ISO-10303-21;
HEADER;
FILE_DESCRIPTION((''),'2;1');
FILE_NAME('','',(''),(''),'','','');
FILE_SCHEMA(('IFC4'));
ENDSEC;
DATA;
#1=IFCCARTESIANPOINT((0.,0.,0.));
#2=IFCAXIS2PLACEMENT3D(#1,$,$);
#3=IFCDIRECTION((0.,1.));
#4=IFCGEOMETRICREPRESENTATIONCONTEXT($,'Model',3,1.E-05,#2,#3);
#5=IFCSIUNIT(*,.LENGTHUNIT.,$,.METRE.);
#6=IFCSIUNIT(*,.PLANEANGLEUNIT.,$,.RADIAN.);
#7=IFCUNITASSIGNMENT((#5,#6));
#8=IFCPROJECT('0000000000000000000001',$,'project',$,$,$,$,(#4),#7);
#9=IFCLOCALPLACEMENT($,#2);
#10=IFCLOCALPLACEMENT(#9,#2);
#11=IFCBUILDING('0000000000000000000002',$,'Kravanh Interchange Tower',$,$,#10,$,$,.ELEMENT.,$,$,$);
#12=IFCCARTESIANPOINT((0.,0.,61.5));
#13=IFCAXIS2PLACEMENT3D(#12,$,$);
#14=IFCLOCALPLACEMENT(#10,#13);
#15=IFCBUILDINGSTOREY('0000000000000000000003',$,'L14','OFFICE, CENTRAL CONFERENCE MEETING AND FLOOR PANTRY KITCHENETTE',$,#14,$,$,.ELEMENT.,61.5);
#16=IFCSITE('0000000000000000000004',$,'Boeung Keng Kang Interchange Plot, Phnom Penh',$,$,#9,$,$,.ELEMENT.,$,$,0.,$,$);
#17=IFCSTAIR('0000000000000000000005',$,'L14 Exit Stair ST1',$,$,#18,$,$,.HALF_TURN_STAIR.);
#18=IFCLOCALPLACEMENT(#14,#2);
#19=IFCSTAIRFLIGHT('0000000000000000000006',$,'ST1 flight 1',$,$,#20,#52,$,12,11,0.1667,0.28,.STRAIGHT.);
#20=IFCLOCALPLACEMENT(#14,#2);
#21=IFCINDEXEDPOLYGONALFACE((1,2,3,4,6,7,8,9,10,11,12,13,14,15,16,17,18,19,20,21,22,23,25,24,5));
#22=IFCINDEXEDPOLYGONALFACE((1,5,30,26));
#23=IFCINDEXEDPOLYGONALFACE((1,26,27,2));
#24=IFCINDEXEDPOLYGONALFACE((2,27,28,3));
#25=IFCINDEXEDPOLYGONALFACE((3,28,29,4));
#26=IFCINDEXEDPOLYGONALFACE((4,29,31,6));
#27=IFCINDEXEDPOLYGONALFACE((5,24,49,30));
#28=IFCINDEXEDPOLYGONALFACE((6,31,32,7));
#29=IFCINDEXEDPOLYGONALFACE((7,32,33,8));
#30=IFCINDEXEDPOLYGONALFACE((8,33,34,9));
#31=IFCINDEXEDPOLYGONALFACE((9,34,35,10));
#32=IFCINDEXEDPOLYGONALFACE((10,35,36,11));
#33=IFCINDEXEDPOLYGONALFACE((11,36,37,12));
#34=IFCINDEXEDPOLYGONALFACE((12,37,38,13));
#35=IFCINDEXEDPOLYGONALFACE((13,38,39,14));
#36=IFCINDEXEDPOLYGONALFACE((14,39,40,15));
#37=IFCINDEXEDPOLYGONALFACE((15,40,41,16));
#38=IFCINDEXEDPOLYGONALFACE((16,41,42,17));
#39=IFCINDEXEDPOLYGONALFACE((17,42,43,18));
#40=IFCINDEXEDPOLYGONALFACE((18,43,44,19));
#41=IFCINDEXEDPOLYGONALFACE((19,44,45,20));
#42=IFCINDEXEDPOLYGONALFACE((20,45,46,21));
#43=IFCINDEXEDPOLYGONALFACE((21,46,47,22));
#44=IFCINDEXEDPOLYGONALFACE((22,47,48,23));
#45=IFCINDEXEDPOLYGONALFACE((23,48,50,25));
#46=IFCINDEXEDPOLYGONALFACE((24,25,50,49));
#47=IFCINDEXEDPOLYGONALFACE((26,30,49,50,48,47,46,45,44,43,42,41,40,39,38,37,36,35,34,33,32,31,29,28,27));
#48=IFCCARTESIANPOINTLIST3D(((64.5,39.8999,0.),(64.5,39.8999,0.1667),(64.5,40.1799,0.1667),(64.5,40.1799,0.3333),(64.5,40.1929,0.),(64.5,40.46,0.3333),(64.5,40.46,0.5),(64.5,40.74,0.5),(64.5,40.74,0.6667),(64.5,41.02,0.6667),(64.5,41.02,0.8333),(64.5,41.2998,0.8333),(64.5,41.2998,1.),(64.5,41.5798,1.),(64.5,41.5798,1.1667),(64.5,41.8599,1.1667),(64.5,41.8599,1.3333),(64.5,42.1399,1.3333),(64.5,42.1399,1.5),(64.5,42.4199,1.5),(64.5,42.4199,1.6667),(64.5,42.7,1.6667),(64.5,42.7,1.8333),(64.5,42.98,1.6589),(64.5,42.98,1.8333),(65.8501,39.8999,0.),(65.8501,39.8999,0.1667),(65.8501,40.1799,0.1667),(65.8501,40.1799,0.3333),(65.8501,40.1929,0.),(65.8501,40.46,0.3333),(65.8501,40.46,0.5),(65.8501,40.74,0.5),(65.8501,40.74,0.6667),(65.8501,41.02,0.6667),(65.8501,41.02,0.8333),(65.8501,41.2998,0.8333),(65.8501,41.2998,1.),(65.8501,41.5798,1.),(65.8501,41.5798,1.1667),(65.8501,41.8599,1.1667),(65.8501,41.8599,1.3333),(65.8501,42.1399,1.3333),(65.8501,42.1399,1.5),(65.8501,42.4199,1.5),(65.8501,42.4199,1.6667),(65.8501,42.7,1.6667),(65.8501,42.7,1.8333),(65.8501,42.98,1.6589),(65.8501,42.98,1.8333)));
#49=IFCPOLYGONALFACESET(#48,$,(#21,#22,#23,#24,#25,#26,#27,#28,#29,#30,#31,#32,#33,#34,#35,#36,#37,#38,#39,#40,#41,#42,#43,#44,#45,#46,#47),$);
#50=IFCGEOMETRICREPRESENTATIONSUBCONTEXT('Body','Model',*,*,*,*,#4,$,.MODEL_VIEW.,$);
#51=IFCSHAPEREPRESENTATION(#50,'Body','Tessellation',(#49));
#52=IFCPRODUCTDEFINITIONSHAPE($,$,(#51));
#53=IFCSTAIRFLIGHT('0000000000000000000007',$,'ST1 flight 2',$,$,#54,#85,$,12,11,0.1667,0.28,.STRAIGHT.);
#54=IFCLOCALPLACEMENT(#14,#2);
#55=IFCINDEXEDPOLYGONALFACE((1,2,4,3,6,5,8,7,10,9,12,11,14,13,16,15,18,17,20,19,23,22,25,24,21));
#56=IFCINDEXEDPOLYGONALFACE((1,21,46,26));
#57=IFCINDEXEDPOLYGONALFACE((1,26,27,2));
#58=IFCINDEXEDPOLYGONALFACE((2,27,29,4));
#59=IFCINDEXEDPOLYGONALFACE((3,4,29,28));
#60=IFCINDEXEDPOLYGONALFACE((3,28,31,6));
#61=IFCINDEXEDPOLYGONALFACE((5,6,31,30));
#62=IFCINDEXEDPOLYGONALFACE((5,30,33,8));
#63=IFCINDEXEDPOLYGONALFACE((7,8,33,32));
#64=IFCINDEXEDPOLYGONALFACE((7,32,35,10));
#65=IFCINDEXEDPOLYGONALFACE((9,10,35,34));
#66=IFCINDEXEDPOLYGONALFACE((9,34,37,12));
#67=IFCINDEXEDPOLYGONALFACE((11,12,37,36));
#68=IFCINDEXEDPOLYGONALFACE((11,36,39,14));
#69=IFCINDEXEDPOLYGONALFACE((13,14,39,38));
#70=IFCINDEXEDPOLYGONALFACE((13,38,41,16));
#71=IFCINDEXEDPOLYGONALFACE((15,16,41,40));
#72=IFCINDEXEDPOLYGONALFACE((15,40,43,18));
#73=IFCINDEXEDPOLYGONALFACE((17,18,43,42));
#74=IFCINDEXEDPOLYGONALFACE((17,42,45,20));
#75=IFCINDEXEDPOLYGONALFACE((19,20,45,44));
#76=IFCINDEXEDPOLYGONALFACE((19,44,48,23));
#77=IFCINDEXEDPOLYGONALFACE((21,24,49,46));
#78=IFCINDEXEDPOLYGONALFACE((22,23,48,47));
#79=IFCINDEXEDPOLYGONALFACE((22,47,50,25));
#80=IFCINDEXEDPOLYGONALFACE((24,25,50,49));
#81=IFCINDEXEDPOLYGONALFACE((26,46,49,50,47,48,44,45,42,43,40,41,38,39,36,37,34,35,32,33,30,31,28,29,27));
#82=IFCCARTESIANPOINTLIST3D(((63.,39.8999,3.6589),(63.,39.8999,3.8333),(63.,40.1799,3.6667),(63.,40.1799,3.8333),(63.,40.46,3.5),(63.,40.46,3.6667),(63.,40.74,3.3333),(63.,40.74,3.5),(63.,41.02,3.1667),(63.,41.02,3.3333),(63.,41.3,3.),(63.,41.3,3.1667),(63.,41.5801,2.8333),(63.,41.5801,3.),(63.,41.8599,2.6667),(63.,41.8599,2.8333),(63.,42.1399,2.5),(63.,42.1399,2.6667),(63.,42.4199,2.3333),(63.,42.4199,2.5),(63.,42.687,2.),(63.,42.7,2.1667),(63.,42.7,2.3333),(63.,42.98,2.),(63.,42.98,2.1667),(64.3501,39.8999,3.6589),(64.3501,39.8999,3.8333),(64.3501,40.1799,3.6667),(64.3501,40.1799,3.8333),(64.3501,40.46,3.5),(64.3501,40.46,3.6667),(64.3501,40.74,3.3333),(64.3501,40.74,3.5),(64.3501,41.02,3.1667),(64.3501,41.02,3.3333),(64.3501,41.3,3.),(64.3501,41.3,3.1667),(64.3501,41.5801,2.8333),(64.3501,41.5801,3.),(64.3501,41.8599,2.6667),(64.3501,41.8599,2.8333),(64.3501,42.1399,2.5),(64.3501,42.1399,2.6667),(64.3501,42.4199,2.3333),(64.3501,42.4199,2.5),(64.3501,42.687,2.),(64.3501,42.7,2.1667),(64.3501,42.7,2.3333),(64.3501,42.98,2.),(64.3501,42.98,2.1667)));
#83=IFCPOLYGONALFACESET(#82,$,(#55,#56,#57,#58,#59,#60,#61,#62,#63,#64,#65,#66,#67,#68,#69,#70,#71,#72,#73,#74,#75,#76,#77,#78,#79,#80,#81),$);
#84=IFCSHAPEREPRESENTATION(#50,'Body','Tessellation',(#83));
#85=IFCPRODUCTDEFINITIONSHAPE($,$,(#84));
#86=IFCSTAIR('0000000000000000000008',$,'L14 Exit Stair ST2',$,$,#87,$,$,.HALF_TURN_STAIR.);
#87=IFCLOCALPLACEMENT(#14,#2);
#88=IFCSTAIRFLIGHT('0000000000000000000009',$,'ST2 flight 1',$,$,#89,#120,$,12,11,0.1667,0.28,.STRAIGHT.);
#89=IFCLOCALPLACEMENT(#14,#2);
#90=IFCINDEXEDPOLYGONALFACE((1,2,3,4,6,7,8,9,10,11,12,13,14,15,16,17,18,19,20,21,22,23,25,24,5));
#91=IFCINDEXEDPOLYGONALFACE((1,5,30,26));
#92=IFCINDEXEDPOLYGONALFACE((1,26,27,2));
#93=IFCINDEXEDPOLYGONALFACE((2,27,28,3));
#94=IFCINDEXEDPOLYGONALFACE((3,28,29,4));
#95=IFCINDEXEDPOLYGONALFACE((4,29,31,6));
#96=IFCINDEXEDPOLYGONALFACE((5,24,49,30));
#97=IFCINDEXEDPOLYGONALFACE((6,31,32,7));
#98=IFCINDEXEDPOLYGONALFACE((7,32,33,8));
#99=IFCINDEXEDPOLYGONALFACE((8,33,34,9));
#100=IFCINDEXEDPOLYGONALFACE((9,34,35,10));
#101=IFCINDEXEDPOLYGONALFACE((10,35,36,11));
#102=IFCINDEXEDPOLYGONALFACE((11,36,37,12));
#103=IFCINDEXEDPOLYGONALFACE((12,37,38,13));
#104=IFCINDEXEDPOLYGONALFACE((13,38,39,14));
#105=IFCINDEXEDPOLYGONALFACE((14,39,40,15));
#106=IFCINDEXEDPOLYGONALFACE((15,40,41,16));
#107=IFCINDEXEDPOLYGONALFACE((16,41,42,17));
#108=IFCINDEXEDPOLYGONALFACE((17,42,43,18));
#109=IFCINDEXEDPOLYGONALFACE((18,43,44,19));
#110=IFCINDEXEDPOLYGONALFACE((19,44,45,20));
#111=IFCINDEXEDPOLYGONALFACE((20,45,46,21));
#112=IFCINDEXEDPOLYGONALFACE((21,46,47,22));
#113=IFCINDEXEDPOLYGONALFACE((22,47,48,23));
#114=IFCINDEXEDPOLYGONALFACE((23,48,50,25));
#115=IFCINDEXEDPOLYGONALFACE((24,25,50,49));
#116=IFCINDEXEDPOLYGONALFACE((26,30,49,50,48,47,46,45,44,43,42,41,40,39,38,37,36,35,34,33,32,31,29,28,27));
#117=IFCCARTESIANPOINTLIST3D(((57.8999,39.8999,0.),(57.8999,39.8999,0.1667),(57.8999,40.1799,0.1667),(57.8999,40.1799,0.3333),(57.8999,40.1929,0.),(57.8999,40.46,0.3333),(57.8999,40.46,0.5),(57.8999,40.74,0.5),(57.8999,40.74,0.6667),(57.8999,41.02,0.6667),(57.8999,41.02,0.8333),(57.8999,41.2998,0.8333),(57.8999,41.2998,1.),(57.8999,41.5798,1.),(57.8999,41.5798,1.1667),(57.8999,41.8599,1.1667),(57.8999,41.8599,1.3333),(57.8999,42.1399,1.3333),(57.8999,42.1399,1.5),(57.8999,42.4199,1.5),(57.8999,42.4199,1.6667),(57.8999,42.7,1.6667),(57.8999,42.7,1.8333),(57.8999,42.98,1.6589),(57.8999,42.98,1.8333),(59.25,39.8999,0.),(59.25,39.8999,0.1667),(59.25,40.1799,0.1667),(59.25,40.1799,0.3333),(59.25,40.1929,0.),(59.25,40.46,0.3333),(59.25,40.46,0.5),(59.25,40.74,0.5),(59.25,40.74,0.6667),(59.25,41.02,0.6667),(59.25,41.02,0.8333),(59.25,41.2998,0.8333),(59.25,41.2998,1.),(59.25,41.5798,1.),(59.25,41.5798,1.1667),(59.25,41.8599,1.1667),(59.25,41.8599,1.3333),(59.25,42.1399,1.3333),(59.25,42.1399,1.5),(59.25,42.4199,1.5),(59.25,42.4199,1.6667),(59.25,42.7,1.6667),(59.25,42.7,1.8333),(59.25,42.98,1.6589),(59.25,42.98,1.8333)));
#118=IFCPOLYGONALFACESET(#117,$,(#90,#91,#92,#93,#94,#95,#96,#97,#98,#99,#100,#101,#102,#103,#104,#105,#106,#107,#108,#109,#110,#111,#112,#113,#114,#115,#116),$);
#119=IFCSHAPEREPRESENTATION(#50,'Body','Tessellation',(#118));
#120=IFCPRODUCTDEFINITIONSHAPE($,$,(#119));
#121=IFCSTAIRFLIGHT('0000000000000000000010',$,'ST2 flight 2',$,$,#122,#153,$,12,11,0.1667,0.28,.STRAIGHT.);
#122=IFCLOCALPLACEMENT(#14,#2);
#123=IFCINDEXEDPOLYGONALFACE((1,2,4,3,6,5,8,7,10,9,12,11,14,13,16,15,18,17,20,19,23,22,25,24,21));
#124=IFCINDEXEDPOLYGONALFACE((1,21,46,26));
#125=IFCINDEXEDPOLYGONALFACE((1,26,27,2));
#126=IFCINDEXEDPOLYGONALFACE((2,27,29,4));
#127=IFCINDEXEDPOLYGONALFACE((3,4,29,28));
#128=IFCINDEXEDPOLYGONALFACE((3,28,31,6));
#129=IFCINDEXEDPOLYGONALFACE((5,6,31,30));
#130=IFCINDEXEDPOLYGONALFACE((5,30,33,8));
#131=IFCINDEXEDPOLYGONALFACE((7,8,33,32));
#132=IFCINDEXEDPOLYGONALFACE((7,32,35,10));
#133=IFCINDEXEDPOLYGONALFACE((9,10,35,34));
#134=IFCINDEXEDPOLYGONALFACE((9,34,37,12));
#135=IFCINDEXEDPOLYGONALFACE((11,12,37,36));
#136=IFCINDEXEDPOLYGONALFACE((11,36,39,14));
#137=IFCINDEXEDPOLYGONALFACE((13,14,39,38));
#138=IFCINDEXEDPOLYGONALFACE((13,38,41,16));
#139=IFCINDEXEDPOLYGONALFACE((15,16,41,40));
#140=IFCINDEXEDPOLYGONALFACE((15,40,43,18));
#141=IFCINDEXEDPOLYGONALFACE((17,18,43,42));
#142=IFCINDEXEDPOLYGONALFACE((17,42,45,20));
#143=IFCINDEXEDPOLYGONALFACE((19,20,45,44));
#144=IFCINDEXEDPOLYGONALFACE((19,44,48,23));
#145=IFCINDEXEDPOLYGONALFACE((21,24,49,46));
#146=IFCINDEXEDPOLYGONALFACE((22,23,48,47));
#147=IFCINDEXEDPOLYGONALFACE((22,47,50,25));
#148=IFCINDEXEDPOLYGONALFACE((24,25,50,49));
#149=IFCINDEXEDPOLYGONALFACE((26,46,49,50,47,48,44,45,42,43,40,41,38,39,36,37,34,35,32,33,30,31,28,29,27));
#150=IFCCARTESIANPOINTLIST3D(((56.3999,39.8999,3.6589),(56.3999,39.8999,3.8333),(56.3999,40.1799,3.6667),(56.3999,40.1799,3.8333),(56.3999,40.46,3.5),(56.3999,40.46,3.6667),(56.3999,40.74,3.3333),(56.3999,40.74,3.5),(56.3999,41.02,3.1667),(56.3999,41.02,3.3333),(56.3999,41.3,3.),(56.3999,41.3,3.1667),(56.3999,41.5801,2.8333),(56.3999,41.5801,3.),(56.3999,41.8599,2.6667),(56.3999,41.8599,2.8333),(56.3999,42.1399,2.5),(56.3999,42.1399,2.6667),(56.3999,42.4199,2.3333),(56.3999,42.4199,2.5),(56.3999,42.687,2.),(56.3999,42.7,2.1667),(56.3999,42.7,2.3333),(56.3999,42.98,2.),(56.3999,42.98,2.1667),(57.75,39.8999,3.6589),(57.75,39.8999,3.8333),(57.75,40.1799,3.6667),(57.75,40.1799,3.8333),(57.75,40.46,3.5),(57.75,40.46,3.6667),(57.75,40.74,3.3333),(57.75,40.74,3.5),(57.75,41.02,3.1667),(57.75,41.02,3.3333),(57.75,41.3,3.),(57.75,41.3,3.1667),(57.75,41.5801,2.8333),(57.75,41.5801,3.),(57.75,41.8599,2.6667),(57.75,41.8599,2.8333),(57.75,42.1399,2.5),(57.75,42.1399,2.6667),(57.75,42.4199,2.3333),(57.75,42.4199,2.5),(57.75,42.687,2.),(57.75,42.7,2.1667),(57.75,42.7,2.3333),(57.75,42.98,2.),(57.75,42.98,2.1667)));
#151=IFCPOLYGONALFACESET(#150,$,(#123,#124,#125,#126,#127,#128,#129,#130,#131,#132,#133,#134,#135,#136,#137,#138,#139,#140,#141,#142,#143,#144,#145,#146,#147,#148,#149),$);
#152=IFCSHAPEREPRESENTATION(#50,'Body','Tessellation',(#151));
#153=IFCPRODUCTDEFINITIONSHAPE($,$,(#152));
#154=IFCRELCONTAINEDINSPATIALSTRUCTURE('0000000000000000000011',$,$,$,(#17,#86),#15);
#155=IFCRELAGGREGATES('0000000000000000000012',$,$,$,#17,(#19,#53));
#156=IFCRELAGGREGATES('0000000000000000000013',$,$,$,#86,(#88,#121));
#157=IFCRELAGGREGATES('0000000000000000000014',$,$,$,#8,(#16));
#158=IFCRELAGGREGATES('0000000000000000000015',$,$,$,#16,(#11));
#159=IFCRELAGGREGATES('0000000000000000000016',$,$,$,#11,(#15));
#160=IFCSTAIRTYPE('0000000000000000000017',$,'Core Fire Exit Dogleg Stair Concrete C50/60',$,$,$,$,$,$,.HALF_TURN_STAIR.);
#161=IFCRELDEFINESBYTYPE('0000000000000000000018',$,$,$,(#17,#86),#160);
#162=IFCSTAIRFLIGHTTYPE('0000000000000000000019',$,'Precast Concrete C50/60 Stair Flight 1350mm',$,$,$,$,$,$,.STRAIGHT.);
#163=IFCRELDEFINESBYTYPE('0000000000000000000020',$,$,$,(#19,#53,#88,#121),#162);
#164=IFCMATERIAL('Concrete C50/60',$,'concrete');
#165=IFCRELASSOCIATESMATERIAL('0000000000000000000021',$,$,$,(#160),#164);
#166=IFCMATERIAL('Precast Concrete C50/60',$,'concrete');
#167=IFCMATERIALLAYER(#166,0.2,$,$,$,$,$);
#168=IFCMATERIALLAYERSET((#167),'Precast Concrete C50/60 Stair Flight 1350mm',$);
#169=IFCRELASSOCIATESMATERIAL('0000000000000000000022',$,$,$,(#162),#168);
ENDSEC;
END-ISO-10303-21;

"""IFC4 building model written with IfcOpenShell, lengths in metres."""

from ifc_helpers import new_model, si_unit, direction, frame, origin, place, context, subcontext, project, spatial, polyline, outline, extrude, material, layer, layer_set, type_object, element, aggregate, save


model = new_model("IFC4")

# Units and contexts
model_context = context("Model", 3, precision=1e-05, world=origin(), true_north=direction((0.0, 1.0)))
body_context = subcontext(model_context, "Body", "Model", "MODEL_VIEW")
ifc_project = project(units=[si_unit("LENGTHUNIT", "METRE"), si_unit("PLANEANGLEUNIT", "RADIAN")], contexts=[model_context])

# Site, building, storey
site_placement = place(None, origin())
site = spatial("IfcSite", under=ifc_project, at=site_placement, Name="Boeung Keng Kang Interchange Plot, Phnom Penh", CompositionType="ELEMENT", RefElevation=0.0)
building_placement = place(site_placement, origin())
building = spatial("IfcBuilding", under=site, at=building_placement, Name="Kravanh Interchange Tower", CompositionType="ELEMENT")
storey_placement = place(building_placement, frame((0.0, 0.0, 61.5)))
storey = spatial("IfcBuildingStorey", under=building, at=storey_placement, Name="L14", Description="OFFICE, CENTRAL CONFERENCE MEETING AND FLOOR PANTRY KITCHENETTE", CompositionType="ELEMENT", Elevation=61.5)

# Stairs, stair flights
ifc_material_1 = material(Name="Concrete C50/60", Category="concrete")
stair_type = type_object("IfcStairType", Name="Core Fire Exit Dogleg Stair Concrete C50/60", PredefinedType="HALF_TURN_STAIR", material=ifc_material_1)
stair_1_placement = place(storey_placement, origin())
stair_1 = element("IfcStair", 1, at=stair_1_placement, inside=storey, type_object=stair_type, Name="L14 Exit Stair ST1", PredefinedType="HALF_TURN_STAIR")
ifc_material_2 = material(Name="Precast Concrete C50/60", Category="concrete")
ifc_layer_1 = layer(ifc_material_2, 0.2)
ifc_layer_set_1 = layer_set([ifc_layer_1], Name="Precast Concrete C50/60 Stair Flight 1350mm")
stair_flight_type = type_object("IfcStairFlightType", Name="Precast Concrete C50/60 Stair Flight 1350mm", PredefinedType="STRAIGHT", material=ifc_layer_set_1)
stair_flight_1_placement = place(storey_placement, frame((65.175, 39.8999, 0.0), z_axis=(0.0, 0.0, 1.0), x_axis=(0.0, 1.0, 0.0)))
stair_flight_1 = element("IfcStairFlight", 2, at=stair_flight_1_placement, type_object=stair_flight_type, Name="ST1 flight 1", NumberOfRisers=12, NumberOfTreads=11, PredefinedType="STRAIGHT", RiserHeight=0.1667, TreadLength=0.28, context=body_context, shape_type="SweptSolid", body=[
    extrude(outline(polyline([(0.0, 0.0), (0.0, 0.1667), (0.28, 0.1667), (0.28, 0.3333), (0.5601, 0.3333), (0.5601, 0.5), (0.8401, 0.5), (0.8401, 0.6667), (1.1201, 0.6667), (1.1201, 0.8333), (1.3999, 0.8333), (1.3999, 1.0), (1.6799, 1.0), (1.6799, 1.1667), (1.96, 1.1667), (1.96, 1.3333), (2.24, 1.3333), (2.24, 1.5), (2.52, 1.5), (2.52, 1.6667), (2.8, 1.6667), (2.8, 1.8333), (3.0801, 1.8333), (3.0801, 2.0), (3.0801, 1.6589), (0.293, 0.0), (0.0, 0.0)])), frame((0.0, 0.675, 0.0), z_axis=(0.0, -1.0, 0.0), x_axis=(1.0, 0.0, 0.0)), (0.0, 0.0, 1.0), 1.3501),
])
stair_flight_2_placement = place(storey_placement, frame((63.675, 42.98, 2.0), z_axis=(0.0, 0.0, 1.0), x_axis=(0.0, -1.0, 0.0)))
stair_flight_2 = element("IfcStairFlight", 3, at=stair_flight_2_placement, type_object=stair_flight_type, Name="ST1 flight 2", NumberOfRisers=12, NumberOfTreads=11, PredefinedType="STRAIGHT", RiserHeight=0.1667, TreadLength=0.28, context=body_context, shape_type="SweptSolid", body=[
    extrude(outline(polyline([(0.0, 0.0), (0.0, 0.1667), (0.28, 0.1667), (0.28, 0.3333), (0.5601, 0.3333), (0.5601, 0.5), (0.8401, 0.5), (0.8401, 0.6667), (1.1201, 0.6667), (1.1201, 0.8333), (1.3999, 0.8333), (1.3999, 1.0), (1.6799, 1.0), (1.6799, 1.1667), (1.96, 1.1667), (1.96, 1.3333), (2.24, 1.3333), (2.24, 1.5), (2.52, 1.5), (2.52, 1.6667), (2.8, 1.6667), (2.8, 1.8333), (3.0801, 1.8333), (3.0801, 2.0), (3.0801, 1.6589), (0.293, 0.0), (0.0, 0.0)])), frame((0.0, 0.675, 0.0), z_axis=(0.0, -1.0, 0.0), x_axis=(1.0, 0.0, 0.0)), (0.0, 0.0, 1.0), 1.3501),
])
aggregate(stair_1, [stair_flight_1, stair_flight_2])
stair_2_placement = place(storey_placement, origin())
stair_2 = element("IfcStair", 4, at=stair_2_placement, inside=storey, type_object=stair_type, Name="L14 Exit Stair ST2", PredefinedType="HALF_TURN_STAIR")
stair_flight_3_placement = place(storey_placement, frame((58.575, 39.8999, 0.0), z_axis=(0.0, 0.0, 1.0), x_axis=(0.0, 1.0, 0.0)))
stair_flight_3 = element("IfcStairFlight", 5, at=stair_flight_3_placement, type_object=stair_flight_type, Name="ST2 flight 1", NumberOfRisers=12, NumberOfTreads=11, PredefinedType="STRAIGHT", RiserHeight=0.1667, TreadLength=0.28, context=body_context, shape_type="SweptSolid", body=[
    extrude(outline(polyline([(0.0, 0.0), (0.0, 0.1667), (0.28, 0.1667), (0.28, 0.3333), (0.5601, 0.3333), (0.5601, 0.5), (0.8401, 0.5), (0.8401, 0.6667), (1.1201, 0.6667), (1.1201, 0.8333), (1.3999, 0.8333), (1.3999, 1.0), (1.6799, 1.0), (1.6799, 1.1667), (1.96, 1.1667), (1.96, 1.3333), (2.24, 1.3333), (2.24, 1.5), (2.52, 1.5), (2.52, 1.6667), (2.8, 1.6667), (2.8, 1.8333), (3.0801, 1.8333), (3.0801, 2.0), (3.0801, 1.6589), (0.293, 0.0), (0.0, 0.0)])), frame((0.0, 0.675, 0.0), z_axis=(0.0, -1.0, 0.0), x_axis=(1.0, 0.0, 0.0)), (0.0, 0.0, 1.0), 1.3501),
])
stair_flight_4_placement = place(storey_placement, frame((57.075, 42.98, 2.0), z_axis=(0.0, 0.0, 1.0), x_axis=(0.0, -1.0, 0.0)))
stair_flight_4 = element("IfcStairFlight", 6, at=stair_flight_4_placement, type_object=stair_flight_type, Name="ST2 flight 2", NumberOfRisers=12, NumberOfTreads=11, PredefinedType="STRAIGHT", RiserHeight=0.1667, TreadLength=0.28, context=body_context, shape_type="SweptSolid", body=[
    extrude(outline(polyline([(0.0, 0.0), (0.0, 0.1667), (0.28, 0.1667), (0.28, 0.3333), (0.5601, 0.3333), (0.5601, 0.5), (0.8401, 0.5), (0.8401, 0.6667), (1.1201, 0.6667), (1.1201, 0.8333), (1.3999, 0.8333), (1.3999, 1.0), (1.6799, 1.0), (1.6799, 1.1667), (1.96, 1.1667), (1.96, 1.3333), (2.24, 1.3333), (2.24, 1.5), (2.52, 1.5), (2.52, 1.6667), (2.8, 1.6667), (2.8, 1.8333), (3.0801, 1.8333), (3.0801, 2.0), (3.0801, 1.6589), (0.293, 0.0), (0.0, 0.0)])), frame((0.0, 0.675, 0.0), z_axis=(0.0, -1.0, 0.0), x_axis=(1.0, 0.0, 0.0)), (0.0, 0.0, 1.0), 1.3501),
])
aggregate(stair_2, [stair_flight_3, stair_flight_4])

save(model, "model.ifc")
